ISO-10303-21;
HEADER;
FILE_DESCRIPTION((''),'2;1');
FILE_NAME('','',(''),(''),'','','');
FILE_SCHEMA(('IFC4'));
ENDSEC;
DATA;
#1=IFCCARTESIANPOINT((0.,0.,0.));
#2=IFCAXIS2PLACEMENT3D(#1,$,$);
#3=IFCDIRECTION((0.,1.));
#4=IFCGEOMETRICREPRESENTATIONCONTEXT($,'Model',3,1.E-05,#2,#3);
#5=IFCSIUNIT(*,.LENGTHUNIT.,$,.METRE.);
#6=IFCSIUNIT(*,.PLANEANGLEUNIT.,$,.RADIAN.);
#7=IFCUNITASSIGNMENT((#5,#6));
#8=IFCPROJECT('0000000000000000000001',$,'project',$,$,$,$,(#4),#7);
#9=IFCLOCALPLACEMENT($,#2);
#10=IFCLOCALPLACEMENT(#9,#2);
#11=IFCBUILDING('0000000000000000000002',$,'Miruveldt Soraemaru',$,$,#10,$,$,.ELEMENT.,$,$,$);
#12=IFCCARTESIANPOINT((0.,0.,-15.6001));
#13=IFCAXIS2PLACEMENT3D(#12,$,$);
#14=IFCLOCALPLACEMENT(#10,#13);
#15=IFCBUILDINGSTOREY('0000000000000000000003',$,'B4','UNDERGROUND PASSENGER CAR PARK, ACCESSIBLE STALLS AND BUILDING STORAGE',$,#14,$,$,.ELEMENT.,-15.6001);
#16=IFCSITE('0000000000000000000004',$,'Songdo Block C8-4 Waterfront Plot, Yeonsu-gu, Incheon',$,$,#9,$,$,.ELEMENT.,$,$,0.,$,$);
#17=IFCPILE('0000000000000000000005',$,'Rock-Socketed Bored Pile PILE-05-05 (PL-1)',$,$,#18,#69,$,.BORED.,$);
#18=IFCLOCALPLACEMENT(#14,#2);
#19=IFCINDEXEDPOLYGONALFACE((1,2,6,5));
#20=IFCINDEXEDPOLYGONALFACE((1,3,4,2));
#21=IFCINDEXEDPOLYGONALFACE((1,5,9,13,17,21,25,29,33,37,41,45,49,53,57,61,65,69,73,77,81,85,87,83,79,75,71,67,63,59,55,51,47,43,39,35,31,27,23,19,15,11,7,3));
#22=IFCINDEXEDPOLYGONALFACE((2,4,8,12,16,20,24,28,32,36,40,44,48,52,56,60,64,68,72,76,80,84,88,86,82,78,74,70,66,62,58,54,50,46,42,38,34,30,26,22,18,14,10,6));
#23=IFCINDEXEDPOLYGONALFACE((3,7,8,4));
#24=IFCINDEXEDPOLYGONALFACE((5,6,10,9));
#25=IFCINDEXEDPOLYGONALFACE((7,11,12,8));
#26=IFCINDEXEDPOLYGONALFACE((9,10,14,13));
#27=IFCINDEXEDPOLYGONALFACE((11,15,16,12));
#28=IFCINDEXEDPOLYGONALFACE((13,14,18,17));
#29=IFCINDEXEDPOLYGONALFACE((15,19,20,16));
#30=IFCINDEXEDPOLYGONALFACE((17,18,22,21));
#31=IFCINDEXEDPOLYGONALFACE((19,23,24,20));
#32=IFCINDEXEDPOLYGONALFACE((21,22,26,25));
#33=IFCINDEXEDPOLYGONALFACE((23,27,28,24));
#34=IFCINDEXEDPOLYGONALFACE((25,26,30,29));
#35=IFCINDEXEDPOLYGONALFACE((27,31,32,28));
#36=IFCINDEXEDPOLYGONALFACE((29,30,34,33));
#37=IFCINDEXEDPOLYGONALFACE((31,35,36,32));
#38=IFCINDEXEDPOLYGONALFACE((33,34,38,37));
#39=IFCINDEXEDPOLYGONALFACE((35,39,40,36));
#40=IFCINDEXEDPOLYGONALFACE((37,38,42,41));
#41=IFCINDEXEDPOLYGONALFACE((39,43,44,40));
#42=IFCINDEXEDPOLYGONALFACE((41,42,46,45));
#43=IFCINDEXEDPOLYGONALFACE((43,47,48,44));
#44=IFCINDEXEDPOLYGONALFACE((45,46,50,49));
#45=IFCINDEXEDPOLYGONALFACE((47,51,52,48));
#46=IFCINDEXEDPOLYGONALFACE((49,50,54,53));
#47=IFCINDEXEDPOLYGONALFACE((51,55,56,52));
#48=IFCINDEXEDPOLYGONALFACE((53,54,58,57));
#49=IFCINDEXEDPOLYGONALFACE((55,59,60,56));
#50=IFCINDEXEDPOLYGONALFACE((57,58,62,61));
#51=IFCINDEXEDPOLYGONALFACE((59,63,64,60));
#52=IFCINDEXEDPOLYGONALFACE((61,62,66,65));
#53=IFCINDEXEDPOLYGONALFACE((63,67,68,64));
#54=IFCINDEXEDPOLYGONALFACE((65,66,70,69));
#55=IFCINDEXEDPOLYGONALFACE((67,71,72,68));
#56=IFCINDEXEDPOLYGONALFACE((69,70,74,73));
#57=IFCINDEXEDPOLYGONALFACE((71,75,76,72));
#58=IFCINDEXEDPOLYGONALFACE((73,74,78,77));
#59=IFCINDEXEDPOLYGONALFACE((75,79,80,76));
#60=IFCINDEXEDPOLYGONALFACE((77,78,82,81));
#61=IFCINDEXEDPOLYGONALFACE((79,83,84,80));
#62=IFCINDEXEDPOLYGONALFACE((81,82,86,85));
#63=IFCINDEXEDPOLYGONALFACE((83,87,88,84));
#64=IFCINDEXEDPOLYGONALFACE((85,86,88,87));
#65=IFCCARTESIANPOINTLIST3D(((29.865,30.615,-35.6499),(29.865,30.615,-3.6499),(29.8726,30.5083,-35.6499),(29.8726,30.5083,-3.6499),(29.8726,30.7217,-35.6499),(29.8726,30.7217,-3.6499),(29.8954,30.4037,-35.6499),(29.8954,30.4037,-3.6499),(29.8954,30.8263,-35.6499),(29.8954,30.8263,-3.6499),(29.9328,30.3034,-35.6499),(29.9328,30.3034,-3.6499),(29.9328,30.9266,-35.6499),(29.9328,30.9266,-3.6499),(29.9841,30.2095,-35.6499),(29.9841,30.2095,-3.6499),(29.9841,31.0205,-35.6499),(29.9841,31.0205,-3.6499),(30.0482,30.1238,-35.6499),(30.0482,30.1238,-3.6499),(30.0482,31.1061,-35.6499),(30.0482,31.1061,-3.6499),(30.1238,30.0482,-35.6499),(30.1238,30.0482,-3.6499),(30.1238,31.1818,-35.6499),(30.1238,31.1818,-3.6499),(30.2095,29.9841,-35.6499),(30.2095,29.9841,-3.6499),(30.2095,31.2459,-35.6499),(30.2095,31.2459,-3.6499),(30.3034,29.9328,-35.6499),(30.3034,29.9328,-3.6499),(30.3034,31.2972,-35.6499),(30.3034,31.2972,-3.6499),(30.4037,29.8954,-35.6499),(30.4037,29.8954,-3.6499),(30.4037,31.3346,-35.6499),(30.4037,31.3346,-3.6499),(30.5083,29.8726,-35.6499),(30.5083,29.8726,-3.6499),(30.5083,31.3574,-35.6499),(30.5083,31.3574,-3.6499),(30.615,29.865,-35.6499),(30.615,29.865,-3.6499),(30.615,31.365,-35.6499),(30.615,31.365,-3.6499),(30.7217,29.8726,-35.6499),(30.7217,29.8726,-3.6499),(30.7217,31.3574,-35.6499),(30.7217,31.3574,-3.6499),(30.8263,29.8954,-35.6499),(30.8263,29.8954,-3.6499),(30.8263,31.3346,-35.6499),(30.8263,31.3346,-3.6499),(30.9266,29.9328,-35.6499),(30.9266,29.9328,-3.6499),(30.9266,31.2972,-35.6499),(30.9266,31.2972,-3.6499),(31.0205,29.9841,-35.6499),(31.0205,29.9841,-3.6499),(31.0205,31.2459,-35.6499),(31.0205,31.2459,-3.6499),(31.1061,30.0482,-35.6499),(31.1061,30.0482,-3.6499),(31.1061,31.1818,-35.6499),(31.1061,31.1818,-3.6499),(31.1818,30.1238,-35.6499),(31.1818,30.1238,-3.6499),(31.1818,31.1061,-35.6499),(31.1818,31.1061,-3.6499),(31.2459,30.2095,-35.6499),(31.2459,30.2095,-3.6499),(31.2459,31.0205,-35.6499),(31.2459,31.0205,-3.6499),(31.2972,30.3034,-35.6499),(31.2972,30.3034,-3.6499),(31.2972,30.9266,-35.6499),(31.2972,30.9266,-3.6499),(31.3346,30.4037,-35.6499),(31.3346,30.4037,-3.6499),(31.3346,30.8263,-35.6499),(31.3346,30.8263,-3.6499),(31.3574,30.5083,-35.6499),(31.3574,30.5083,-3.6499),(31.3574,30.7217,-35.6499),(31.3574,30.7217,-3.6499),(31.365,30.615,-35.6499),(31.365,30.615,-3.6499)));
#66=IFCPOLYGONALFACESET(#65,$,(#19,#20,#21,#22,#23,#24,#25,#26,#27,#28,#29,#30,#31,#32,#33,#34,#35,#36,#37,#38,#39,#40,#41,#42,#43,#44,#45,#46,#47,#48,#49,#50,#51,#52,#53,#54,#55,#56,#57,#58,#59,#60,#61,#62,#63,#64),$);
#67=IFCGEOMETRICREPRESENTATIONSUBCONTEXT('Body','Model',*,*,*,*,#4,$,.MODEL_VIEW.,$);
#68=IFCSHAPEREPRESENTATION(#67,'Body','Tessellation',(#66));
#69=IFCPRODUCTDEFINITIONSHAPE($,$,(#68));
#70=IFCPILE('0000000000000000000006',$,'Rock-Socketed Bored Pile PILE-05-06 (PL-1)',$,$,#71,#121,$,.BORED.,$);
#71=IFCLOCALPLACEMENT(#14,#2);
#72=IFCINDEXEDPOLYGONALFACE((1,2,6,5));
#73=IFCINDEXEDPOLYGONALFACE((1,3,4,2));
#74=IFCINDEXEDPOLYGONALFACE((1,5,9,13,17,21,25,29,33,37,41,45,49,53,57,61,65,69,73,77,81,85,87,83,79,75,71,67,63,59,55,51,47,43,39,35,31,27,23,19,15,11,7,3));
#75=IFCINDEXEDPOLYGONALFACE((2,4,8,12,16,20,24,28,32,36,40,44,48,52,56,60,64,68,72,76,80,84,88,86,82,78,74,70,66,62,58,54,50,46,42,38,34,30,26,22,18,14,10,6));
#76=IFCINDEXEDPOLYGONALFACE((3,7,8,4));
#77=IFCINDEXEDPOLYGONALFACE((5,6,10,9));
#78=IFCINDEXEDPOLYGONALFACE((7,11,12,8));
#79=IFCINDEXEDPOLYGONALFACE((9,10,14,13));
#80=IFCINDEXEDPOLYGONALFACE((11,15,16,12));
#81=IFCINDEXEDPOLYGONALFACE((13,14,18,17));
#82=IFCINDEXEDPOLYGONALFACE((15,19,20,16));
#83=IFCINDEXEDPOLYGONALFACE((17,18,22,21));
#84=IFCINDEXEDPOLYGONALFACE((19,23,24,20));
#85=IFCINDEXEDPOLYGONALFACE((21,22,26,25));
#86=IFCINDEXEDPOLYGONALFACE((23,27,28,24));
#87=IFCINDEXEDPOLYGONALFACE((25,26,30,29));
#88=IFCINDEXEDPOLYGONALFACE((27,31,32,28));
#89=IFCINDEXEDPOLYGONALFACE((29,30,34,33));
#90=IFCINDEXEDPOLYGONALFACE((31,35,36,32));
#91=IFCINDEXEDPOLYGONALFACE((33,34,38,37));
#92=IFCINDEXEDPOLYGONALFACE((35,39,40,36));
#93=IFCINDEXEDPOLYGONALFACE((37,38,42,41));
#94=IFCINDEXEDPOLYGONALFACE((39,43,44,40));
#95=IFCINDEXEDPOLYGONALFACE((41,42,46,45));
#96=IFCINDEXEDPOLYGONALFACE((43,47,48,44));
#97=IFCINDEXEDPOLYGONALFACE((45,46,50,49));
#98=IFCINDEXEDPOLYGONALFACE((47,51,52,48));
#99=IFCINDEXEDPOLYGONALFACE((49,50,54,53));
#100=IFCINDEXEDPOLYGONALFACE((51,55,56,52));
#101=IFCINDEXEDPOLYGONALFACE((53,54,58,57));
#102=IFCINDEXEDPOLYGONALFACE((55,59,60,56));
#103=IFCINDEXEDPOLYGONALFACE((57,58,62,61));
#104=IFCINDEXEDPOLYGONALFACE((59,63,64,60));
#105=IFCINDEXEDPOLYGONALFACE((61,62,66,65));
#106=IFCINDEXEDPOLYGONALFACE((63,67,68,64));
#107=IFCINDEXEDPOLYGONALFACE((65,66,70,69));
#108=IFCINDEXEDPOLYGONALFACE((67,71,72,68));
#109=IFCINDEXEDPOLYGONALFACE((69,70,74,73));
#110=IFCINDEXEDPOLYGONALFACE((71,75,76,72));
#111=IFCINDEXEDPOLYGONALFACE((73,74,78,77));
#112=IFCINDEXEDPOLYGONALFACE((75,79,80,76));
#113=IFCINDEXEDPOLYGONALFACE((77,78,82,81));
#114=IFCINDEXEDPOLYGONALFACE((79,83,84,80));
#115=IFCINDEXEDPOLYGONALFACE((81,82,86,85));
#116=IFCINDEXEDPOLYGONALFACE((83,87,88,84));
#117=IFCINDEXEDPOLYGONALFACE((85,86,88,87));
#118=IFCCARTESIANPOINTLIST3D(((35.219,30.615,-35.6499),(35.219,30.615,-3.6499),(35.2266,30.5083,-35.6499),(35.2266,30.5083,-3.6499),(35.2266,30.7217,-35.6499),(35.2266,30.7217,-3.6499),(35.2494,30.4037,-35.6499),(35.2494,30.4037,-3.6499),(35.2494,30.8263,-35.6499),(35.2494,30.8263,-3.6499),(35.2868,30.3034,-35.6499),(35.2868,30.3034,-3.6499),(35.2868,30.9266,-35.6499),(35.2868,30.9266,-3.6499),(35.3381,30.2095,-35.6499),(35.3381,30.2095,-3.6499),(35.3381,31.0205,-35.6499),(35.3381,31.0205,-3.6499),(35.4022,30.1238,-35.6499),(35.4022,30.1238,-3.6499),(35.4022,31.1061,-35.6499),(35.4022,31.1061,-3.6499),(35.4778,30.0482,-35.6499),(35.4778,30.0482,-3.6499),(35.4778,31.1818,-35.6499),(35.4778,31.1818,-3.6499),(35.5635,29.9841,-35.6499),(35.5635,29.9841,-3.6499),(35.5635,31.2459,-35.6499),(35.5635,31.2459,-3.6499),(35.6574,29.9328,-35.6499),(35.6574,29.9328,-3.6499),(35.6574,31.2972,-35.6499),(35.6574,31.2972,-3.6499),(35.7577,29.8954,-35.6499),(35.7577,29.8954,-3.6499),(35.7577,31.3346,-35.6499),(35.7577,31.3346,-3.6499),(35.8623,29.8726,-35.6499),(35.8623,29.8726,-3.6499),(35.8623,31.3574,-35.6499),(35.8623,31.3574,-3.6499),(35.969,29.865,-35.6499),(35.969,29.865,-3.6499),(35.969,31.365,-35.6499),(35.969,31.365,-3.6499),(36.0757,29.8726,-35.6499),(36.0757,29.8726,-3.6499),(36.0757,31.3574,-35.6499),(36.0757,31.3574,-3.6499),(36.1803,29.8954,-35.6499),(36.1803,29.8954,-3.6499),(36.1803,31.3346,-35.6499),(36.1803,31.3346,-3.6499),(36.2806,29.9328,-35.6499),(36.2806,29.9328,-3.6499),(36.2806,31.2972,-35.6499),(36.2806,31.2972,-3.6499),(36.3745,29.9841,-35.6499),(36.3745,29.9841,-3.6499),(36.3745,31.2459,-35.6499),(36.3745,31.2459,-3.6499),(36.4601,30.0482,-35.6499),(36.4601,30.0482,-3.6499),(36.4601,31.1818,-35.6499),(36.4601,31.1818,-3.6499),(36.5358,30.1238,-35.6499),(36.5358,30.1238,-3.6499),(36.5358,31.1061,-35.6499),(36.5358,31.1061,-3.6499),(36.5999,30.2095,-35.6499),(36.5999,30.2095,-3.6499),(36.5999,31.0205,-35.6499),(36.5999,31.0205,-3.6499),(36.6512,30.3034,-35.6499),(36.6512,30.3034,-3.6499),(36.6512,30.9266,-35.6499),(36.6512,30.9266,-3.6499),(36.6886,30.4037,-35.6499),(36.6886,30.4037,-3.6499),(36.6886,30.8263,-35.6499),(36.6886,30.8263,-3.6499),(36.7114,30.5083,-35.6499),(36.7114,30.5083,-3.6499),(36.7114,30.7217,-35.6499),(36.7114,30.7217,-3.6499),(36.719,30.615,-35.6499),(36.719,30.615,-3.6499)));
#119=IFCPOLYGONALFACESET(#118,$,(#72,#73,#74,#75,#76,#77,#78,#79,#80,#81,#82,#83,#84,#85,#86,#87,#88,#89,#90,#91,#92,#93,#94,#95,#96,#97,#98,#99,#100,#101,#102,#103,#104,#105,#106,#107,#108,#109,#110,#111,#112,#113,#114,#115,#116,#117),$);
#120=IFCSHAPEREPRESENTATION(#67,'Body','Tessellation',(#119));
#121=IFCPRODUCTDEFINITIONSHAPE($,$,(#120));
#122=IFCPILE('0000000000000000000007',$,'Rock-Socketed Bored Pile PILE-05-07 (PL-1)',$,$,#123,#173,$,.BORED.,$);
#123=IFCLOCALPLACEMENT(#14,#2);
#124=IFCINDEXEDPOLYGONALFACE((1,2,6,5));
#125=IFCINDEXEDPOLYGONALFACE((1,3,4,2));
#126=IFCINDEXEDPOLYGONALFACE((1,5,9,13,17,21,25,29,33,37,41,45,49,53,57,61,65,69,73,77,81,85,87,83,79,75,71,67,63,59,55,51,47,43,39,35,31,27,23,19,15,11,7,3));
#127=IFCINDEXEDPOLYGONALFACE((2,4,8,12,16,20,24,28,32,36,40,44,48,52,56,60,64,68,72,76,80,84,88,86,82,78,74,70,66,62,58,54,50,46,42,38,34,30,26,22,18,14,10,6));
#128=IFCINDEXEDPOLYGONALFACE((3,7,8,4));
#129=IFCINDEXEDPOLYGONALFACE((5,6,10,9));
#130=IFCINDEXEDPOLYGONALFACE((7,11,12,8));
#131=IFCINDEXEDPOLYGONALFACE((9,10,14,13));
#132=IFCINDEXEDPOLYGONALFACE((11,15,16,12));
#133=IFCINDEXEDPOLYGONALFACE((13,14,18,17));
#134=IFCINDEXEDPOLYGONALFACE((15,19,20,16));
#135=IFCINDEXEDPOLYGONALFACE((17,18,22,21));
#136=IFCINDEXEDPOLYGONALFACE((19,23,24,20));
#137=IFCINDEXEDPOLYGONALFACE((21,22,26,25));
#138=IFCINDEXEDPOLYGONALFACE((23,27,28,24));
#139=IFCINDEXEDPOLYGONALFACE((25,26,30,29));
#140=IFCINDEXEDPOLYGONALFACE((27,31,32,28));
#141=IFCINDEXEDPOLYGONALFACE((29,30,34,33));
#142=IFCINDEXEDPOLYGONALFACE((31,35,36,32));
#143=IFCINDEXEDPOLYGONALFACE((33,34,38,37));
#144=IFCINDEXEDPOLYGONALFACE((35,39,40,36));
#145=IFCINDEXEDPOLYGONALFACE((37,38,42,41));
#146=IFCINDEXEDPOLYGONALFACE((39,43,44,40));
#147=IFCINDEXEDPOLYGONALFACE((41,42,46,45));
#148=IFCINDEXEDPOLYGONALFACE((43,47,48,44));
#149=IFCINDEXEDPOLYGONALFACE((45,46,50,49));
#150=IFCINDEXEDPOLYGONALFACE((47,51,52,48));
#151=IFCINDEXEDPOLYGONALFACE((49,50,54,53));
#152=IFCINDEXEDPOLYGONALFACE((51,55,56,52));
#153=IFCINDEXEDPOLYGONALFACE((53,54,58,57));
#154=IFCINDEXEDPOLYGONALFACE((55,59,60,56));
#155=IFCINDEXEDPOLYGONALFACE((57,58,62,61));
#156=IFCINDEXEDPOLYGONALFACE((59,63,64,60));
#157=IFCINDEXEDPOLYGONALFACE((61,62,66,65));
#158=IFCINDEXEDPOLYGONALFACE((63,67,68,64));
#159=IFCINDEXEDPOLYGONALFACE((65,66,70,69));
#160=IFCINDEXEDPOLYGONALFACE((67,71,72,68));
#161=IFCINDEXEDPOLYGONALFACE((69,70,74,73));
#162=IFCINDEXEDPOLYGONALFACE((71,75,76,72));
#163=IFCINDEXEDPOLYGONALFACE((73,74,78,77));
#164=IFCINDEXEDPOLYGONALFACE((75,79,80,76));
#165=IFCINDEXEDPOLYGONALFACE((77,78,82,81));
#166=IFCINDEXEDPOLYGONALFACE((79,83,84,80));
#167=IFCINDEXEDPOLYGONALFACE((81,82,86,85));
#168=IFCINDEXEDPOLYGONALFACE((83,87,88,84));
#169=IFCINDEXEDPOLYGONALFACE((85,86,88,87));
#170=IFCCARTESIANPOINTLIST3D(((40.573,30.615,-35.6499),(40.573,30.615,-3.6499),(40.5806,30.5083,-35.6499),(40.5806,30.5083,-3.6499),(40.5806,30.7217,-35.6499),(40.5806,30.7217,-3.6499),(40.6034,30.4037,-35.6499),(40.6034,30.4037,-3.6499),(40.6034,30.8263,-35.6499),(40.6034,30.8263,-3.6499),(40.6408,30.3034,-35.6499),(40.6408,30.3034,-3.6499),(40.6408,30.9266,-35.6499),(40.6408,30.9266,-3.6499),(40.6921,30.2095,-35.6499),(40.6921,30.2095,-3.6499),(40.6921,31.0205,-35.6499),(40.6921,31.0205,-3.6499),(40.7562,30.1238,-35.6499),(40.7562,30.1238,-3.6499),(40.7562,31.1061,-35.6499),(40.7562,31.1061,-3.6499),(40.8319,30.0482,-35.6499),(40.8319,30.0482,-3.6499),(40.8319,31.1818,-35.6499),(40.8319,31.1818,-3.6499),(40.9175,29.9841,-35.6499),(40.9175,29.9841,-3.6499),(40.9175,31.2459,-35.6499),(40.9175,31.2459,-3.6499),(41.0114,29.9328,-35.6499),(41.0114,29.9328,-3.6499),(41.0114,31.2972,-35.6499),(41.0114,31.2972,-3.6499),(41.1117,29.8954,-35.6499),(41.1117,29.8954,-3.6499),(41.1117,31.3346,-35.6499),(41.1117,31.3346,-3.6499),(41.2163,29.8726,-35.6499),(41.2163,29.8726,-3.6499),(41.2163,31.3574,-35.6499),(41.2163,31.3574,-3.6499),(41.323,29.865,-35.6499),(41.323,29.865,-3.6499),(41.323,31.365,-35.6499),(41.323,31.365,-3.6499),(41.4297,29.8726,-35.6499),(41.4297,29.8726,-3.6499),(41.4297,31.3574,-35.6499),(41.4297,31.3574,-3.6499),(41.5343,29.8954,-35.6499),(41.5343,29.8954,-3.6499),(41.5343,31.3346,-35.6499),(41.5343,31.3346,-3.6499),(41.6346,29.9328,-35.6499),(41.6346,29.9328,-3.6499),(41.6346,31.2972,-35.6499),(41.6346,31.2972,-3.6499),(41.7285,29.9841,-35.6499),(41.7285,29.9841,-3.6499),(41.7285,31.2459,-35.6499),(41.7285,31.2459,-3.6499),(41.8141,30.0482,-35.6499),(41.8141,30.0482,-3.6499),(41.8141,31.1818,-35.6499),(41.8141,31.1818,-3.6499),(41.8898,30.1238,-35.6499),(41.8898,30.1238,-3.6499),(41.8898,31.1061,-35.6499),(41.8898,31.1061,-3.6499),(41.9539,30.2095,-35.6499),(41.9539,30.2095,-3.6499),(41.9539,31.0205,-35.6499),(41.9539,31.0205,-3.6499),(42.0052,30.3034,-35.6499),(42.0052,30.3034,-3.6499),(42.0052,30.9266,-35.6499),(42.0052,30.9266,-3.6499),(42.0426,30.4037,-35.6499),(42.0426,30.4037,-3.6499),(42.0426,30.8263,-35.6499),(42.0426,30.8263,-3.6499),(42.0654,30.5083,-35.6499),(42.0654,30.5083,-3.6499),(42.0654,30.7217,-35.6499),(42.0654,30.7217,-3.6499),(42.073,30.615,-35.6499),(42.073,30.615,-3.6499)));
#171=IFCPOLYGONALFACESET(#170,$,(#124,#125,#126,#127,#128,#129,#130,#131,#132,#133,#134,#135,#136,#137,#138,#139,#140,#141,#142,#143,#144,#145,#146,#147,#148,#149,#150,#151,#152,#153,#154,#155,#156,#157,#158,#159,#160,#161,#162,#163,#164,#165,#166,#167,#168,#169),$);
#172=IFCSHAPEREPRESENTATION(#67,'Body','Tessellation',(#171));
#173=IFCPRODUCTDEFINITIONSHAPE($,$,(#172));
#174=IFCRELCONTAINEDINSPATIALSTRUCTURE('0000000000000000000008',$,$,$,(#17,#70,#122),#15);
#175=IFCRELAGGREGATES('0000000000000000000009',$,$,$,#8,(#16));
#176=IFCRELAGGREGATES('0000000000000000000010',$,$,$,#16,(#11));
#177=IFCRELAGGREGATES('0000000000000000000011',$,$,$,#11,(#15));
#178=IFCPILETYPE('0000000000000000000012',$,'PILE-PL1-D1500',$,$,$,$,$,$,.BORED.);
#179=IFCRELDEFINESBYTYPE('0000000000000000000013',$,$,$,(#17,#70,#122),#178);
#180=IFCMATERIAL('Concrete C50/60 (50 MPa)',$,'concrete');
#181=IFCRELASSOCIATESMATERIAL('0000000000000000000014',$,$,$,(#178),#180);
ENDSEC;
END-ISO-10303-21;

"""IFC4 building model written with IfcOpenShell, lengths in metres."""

from ifc_helpers import new_model, si_unit, direction, frame, origin, origin_2d, place, context, subcontext, project, spatial, circle, extrude, material, material_profile, profile_set, type_object, element, save


model = new_model("IFC4")

# Units and contexts
model_context = context("Model", 3, precision=1e-05, world=origin(), true_north=direction((0.0, 1.0)))
body_context = subcontext(model_context, "Body", "Model", "MODEL_VIEW")
ifc_project = project(units=[si_unit("LENGTHUNIT", "METRE"), si_unit("PLANEANGLEUNIT", "RADIAN")], contexts=[model_context])

# Site, building, storey
site_placement = place(None, origin())
site = spatial("IfcSite", under=ifc_project, at=site_placement, Name="Songdo Block C8-4 Waterfront Plot, Yeonsu-gu, Incheon", CompositionType="ELEMENT", RefElevation=0.0)
building_placement = place(site_placement, origin())
building = spatial("IfcBuilding", under=site, at=building_placement, Name="Miruveldt Soraemaru", CompositionType="ELEMENT")
storey_placement = place(building_placement, frame((0.0, 0.0, -15.6001)))
storey = spatial("IfcBuildingStorey", under=building, at=storey_placement, Name="B4", Description="UNDERGROUND PASSENGER CAR PARK, ACCESSIBLE STALLS AND BUILDING STORAGE", CompositionType="ELEMENT", Elevation=-15.6001)

# Shared definitions
ifc_material_1 = material(Name="Concrete C50/60 (50 MPa)", Category="concrete")

# Piles
ifc_material_profile_1 = material_profile(ifc_material_1, circle(Radius=0.75, at=origin_2d()), Name="Concrete C50/60 (50 MPa)", Category="concrete")
ifc_profile_set_1 = profile_set([ifc_material_profile_1], Name="Concrete C50/60 (50 MPa)")
pile_type_1 = type_object("IfcPileType", Name="PILE-PL1-D1500", PredefinedType="BORED", material=ifc_profile_set_1)
for number, where, z_axis, x_axis, name in (
    (1, (30.615, 30.615, -3.6499), (0.0, 0.0, -1.0), (1.0, 0.0, 0.0), "Rock-Socketed Bored Pile PILE-05-05 (PL-1)"),
    (2, (35.969, 30.615, -3.6499), (0.0, 0.0, -1.0), (1.0, 0.0, 0.0), "Rock-Socketed Bored Pile PILE-05-06 (PL-1)"),
    (3, (41.323, 30.615, -3.6499), (0.0, 0.0, -1.0), (1.0, 0.0, 0.0), "Rock-Socketed Bored Pile PILE-05-07 (PL-1)"),
):
    element("IfcPile", number, at=place(storey_placement, frame(where, z_axis=z_axis, x_axis=x_axis)), inside=storey, type_object=pile_type_1, Name=name, PredefinedType="BORED", context=body_context, shape_type="SweptSolid", body=[
        extrude(circle(Radius=0.75, at=origin_2d()), origin(), (0.0, 0.0, 1.0), 32.0),
    ])

save(model, "model.ifc")
